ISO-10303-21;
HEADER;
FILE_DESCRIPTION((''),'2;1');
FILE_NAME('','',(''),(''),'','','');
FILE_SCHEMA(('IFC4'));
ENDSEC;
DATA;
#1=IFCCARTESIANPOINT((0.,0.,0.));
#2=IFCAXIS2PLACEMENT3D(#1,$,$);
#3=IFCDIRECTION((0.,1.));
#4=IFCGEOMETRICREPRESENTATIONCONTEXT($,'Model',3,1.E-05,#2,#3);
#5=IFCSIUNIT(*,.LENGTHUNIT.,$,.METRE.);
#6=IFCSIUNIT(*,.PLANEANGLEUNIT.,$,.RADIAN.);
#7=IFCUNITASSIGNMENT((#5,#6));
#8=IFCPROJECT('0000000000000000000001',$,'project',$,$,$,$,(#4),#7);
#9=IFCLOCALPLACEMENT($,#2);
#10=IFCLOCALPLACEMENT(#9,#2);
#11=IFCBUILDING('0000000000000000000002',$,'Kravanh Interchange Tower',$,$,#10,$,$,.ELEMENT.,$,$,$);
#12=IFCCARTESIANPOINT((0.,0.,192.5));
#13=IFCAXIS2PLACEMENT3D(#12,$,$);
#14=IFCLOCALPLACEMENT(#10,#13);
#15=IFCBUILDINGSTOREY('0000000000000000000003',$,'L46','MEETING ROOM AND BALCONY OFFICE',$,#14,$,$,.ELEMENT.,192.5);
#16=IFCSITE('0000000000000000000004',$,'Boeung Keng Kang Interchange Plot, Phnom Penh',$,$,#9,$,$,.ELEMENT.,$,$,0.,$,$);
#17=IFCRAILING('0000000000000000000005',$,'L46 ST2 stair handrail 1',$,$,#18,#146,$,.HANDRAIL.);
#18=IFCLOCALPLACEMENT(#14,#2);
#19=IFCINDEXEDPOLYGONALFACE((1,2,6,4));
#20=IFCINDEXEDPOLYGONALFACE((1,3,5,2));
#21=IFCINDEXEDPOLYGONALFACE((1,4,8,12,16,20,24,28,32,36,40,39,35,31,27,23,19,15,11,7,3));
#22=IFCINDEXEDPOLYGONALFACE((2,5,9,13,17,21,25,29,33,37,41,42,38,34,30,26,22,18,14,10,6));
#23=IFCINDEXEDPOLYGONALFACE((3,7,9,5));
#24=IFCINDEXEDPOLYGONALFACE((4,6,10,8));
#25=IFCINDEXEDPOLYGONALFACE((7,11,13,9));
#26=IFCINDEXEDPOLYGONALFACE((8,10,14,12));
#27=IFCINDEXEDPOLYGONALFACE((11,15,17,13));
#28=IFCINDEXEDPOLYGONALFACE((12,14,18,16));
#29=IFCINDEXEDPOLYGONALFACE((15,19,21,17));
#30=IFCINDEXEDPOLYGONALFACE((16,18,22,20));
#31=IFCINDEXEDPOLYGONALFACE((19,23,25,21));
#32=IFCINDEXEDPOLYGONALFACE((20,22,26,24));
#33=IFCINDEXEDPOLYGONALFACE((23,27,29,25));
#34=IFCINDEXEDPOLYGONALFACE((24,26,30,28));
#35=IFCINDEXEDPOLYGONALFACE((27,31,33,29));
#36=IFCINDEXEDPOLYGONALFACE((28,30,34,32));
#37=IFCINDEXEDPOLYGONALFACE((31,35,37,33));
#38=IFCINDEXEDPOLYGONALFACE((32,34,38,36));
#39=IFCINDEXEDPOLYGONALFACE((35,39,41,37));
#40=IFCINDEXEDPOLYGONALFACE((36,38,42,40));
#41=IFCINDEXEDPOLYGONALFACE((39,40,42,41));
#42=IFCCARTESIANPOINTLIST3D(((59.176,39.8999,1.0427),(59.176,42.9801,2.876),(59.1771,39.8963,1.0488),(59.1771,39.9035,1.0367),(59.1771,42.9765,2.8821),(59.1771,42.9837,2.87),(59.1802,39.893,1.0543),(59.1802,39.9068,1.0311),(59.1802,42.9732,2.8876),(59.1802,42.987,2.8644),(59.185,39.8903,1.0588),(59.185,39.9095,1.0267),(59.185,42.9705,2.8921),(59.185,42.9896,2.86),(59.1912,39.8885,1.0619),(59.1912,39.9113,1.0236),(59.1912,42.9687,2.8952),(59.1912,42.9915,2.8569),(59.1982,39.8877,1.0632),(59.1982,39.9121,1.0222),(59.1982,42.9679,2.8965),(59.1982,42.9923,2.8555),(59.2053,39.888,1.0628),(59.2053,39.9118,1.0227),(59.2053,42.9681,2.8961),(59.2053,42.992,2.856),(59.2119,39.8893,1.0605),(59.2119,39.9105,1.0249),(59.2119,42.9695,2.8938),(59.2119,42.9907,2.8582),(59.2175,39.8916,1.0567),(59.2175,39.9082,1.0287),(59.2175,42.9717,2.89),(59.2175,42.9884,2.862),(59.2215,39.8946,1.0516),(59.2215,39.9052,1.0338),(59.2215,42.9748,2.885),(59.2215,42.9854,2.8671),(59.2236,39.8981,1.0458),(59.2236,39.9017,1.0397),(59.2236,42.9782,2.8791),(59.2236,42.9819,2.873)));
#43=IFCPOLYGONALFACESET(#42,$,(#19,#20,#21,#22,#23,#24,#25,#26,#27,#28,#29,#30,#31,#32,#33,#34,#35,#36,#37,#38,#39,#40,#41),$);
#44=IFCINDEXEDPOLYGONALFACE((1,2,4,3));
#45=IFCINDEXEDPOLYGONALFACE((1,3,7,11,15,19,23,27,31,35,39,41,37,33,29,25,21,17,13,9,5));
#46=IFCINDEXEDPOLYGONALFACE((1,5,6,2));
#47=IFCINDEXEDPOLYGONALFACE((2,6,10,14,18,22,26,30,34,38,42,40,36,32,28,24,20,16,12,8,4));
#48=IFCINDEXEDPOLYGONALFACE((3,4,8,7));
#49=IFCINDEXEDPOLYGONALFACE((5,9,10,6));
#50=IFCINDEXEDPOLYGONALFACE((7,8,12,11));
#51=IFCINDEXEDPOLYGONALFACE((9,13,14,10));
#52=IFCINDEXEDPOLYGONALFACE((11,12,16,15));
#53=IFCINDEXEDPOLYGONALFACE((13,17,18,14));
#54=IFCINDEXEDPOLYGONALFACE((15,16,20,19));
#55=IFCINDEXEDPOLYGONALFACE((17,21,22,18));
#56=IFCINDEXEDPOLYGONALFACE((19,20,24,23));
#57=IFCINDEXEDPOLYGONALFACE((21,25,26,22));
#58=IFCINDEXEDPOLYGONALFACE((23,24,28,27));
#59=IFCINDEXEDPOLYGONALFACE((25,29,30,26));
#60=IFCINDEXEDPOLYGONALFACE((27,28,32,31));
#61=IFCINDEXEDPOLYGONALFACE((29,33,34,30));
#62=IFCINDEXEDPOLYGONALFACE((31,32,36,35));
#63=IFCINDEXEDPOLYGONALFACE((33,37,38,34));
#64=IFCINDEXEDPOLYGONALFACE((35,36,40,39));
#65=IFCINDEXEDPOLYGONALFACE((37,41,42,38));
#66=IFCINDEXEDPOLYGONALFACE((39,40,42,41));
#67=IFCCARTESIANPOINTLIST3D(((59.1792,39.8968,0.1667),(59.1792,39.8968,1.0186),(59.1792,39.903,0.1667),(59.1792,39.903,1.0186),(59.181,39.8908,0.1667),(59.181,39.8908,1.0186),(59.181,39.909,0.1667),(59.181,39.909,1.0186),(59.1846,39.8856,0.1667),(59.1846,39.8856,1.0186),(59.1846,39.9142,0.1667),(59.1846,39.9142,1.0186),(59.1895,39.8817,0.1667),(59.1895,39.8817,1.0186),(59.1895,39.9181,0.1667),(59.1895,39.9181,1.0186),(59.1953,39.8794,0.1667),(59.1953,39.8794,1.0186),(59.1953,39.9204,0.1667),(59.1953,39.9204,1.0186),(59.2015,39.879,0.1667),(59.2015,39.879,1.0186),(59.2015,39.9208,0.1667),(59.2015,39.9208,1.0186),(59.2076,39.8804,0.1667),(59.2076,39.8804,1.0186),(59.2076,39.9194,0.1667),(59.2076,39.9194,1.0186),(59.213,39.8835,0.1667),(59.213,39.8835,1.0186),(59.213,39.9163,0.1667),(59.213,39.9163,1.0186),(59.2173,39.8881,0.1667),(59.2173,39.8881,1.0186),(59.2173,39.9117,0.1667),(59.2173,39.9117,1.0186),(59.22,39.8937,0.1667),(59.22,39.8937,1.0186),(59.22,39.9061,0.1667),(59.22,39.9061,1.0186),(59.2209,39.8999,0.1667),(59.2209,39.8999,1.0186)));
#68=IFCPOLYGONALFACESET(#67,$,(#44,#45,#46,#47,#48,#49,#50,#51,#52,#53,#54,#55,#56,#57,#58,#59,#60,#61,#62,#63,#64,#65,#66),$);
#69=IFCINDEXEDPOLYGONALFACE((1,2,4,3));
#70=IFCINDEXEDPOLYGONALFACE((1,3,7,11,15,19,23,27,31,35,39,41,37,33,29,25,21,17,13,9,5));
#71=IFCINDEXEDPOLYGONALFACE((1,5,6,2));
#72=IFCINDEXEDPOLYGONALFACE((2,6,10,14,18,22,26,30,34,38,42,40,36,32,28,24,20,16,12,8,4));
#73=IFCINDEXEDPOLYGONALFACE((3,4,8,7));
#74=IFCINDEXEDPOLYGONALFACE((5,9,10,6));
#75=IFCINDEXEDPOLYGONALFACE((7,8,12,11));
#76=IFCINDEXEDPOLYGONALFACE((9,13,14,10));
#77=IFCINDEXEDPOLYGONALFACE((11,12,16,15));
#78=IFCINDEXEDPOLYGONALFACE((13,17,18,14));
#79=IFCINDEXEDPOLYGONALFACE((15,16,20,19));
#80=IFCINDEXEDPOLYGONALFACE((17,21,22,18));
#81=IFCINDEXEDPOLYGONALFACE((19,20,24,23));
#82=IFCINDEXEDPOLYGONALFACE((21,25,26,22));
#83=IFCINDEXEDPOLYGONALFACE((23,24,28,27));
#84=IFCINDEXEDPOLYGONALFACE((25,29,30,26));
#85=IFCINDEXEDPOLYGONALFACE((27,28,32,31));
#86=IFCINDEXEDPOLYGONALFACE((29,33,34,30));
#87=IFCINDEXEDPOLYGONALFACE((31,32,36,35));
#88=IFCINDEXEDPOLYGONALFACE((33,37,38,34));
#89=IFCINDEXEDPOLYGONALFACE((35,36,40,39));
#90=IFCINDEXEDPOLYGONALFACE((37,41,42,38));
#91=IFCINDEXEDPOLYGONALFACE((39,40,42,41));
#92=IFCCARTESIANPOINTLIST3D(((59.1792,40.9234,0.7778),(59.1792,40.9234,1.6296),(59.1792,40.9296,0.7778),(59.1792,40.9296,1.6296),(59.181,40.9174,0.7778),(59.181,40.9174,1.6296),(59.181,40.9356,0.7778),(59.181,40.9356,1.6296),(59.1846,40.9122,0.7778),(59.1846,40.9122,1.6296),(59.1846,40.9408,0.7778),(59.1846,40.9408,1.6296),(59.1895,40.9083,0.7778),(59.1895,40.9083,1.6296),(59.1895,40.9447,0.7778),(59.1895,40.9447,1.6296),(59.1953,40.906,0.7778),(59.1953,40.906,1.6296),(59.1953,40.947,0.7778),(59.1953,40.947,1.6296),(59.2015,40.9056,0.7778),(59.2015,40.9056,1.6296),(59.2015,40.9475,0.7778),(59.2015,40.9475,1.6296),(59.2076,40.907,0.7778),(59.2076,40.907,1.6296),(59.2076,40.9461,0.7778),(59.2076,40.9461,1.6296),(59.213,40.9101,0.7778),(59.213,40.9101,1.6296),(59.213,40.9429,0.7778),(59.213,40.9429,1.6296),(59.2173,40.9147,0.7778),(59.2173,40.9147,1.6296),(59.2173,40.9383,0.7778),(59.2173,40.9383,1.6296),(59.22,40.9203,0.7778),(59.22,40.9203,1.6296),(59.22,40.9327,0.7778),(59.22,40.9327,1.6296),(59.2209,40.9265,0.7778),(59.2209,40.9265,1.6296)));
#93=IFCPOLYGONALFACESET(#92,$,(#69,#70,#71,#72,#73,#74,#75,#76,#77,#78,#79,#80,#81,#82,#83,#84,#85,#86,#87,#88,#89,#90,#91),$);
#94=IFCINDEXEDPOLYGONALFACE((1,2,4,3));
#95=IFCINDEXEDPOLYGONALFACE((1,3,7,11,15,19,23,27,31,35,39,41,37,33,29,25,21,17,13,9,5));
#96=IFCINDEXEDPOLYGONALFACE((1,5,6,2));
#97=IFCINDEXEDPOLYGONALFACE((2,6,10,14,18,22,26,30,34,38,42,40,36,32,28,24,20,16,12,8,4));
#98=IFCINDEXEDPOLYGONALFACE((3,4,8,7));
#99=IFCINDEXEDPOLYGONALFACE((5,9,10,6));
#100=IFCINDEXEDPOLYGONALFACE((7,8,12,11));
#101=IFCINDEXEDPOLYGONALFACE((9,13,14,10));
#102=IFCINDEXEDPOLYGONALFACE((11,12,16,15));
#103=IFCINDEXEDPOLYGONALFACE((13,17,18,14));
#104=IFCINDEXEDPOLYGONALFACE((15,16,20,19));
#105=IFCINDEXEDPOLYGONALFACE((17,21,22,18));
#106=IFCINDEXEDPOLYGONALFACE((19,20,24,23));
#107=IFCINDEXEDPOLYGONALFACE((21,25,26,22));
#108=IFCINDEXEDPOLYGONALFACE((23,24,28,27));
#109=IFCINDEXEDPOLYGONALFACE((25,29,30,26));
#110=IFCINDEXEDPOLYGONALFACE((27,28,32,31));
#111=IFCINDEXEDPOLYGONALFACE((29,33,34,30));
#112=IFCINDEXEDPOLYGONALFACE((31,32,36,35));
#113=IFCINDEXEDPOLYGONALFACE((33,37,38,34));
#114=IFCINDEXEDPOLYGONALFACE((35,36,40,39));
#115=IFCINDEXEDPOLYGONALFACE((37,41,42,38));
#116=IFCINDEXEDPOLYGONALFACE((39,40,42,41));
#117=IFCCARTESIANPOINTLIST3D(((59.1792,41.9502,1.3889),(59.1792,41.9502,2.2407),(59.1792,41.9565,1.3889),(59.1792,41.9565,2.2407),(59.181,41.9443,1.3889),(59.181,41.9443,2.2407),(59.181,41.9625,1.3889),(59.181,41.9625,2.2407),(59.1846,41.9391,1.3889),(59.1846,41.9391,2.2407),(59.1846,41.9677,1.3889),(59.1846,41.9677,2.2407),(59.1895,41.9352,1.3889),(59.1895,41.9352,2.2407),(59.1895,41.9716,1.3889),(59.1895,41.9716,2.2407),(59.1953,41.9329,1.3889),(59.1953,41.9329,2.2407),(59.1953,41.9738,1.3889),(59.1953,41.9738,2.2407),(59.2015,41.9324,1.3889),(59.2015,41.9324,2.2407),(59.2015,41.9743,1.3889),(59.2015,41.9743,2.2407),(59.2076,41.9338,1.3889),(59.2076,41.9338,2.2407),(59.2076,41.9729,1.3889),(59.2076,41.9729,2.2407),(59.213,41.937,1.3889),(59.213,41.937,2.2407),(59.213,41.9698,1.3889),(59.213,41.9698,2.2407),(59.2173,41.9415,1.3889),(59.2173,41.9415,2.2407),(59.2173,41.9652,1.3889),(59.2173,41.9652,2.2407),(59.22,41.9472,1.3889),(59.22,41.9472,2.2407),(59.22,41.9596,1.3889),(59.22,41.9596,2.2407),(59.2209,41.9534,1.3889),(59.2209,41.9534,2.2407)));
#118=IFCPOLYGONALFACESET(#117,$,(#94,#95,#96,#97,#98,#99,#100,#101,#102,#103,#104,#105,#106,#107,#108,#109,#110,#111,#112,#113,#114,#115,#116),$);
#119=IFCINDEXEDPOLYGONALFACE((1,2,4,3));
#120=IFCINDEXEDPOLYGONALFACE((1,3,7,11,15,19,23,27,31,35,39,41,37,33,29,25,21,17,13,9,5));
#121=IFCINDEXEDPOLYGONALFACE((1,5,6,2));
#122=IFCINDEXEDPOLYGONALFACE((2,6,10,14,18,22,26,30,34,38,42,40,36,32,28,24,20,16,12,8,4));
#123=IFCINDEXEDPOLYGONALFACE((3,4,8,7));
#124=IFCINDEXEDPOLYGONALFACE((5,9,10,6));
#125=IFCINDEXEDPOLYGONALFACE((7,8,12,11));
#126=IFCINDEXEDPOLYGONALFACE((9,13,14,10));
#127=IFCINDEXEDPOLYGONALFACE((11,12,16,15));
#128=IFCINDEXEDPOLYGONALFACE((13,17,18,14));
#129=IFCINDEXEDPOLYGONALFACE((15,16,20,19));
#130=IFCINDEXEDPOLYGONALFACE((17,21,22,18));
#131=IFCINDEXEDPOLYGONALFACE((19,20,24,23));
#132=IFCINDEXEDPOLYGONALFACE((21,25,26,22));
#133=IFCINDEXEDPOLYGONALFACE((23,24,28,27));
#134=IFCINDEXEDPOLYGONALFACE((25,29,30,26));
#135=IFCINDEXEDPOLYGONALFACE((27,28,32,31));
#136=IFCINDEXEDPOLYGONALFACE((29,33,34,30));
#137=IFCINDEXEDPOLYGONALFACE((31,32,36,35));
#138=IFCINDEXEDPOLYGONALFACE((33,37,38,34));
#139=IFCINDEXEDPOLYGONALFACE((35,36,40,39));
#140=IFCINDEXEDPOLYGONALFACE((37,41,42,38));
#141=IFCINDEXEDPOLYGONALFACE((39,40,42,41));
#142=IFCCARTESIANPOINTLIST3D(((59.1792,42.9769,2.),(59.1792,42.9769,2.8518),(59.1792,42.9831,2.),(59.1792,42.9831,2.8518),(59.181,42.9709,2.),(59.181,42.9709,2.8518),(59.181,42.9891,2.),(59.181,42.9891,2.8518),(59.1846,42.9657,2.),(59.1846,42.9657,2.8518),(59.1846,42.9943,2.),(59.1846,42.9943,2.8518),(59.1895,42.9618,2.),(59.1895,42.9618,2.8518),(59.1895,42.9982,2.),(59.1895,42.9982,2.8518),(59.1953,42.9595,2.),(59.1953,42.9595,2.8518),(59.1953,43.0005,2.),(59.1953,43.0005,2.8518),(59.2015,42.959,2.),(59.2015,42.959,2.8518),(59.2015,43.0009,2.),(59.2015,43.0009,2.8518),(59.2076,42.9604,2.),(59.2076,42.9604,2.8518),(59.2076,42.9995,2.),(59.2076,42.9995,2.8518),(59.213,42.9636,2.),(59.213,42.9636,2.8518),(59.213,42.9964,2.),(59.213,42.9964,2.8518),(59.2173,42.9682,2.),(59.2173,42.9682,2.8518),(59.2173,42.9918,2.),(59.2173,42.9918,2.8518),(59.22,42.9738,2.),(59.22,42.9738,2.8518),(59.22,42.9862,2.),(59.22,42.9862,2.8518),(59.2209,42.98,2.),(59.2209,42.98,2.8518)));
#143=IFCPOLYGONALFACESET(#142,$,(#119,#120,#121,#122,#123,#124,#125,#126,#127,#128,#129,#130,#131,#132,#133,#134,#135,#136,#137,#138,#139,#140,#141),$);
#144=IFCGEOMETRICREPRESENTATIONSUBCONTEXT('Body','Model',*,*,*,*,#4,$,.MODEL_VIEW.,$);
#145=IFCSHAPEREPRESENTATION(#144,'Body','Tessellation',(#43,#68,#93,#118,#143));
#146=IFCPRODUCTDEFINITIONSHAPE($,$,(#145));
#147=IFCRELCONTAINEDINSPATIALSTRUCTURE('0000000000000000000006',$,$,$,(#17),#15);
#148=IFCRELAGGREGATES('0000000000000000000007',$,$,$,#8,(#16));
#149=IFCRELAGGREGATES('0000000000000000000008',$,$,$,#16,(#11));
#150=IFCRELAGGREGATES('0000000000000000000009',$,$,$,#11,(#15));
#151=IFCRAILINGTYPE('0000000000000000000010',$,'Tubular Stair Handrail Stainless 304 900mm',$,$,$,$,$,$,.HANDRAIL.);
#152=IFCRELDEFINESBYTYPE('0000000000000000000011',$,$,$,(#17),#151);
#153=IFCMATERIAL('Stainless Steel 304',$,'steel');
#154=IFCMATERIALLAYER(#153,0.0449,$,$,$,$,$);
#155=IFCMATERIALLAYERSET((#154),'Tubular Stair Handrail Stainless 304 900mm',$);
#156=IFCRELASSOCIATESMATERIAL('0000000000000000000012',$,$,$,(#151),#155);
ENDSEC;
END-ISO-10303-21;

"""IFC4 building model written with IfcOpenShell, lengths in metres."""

from ifc_helpers import new_model, si_unit, direction, frame, origin, origin_2d, place, context, subcontext, project, spatial, circle, extrude, material, layer, layer_set, type_object, element, save


model = new_model("IFC4")

# Units and contexts
model_context = context("Model", 3, precision=1e-05, world=origin(), true_north=direction((0.0, 1.0)))
body_context = subcontext(model_context, "Body", "Model", "MODEL_VIEW")
ifc_project = project(units=[si_unit("LENGTHUNIT", "METRE"), si_unit("PLANEANGLEUNIT", "RADIAN")], contexts=[model_context])

# Site, building, storey
site_placement = place(None, origin())
site = spatial("IfcSite", under=ifc_project, at=site_placement, Name="Boeung Keng Kang Interchange Plot, Phnom Penh", CompositionType="ELEMENT", RefElevation=0.0)
building_placement = place(site_placement, origin())
building = spatial("IfcBuilding", under=site, at=building_placement, Name="Kravanh Interchange Tower", CompositionType="ELEMENT")
storey_placement = place(building_placement, frame((0.0, 0.0, 192.5)))
storey = spatial("IfcBuildingStorey", under=building, at=storey_placement, Name="L46", Description="MEETING ROOM AND BALCONY OFFICE", CompositionType="ELEMENT", Elevation=192.5)

# Railing
ifc_material_1 = material(Name="Stainless Steel 304", Category="steel")
ifc_layer_1 = layer(ifc_material_1, 0.0449)
ifc_layer_set_1 = layer_set([ifc_layer_1], Name="Tubular Stair Handrail Stainless 304 900mm")
railing_type_1 = type_object("IfcRailingType", Name="Tubular Stair Handrail Stainless 304 900mm", PredefinedType="HANDRAIL", material=ifc_layer_set_1)
railing_1_placement = place(storey_placement, frame((59.2, 39.8999, 0.1667)))
element("IfcRailing", 1, at=railing_1_placement, inside=storey, type_object=railing_type_1, Name="L46 ST2 stair handrail 1", PredefinedType="HANDRAIL", context=body_context, shape_type="SweptSolid", body=[
    extrude(circle(Radius=0.0239, at=origin_2d()), frame((0.0, 0.0, 0.876), z_axis=(0.0, 0.859309, 0.511458), x_axis=(-1.0, 0.0, 0.0)), (0.0, 0.0, 1.0), 3.5845),
    extrude(circle(Radius=0.021, at=origin_2d()), origin(), (0.0, 0.0, 1.0), 0.8518),
    extrude(circle(Radius=0.021, at=origin_2d()), frame((0.0, 1.0266, 0.6111)), (0.0, 0.0, 1.0), 0.8518),
    extrude(circle(Radius=0.021, at=origin_2d()), frame((0.0, 2.0535, 1.2222)), (0.0, 0.0, 1.0), 0.8518),
    extrude(circle(Radius=0.021, at=origin_2d()), frame((0.0, 3.0801, 1.8333)), (0.0, 0.0, 1.0), 0.8518),
])

save(model, "model.ifc")
